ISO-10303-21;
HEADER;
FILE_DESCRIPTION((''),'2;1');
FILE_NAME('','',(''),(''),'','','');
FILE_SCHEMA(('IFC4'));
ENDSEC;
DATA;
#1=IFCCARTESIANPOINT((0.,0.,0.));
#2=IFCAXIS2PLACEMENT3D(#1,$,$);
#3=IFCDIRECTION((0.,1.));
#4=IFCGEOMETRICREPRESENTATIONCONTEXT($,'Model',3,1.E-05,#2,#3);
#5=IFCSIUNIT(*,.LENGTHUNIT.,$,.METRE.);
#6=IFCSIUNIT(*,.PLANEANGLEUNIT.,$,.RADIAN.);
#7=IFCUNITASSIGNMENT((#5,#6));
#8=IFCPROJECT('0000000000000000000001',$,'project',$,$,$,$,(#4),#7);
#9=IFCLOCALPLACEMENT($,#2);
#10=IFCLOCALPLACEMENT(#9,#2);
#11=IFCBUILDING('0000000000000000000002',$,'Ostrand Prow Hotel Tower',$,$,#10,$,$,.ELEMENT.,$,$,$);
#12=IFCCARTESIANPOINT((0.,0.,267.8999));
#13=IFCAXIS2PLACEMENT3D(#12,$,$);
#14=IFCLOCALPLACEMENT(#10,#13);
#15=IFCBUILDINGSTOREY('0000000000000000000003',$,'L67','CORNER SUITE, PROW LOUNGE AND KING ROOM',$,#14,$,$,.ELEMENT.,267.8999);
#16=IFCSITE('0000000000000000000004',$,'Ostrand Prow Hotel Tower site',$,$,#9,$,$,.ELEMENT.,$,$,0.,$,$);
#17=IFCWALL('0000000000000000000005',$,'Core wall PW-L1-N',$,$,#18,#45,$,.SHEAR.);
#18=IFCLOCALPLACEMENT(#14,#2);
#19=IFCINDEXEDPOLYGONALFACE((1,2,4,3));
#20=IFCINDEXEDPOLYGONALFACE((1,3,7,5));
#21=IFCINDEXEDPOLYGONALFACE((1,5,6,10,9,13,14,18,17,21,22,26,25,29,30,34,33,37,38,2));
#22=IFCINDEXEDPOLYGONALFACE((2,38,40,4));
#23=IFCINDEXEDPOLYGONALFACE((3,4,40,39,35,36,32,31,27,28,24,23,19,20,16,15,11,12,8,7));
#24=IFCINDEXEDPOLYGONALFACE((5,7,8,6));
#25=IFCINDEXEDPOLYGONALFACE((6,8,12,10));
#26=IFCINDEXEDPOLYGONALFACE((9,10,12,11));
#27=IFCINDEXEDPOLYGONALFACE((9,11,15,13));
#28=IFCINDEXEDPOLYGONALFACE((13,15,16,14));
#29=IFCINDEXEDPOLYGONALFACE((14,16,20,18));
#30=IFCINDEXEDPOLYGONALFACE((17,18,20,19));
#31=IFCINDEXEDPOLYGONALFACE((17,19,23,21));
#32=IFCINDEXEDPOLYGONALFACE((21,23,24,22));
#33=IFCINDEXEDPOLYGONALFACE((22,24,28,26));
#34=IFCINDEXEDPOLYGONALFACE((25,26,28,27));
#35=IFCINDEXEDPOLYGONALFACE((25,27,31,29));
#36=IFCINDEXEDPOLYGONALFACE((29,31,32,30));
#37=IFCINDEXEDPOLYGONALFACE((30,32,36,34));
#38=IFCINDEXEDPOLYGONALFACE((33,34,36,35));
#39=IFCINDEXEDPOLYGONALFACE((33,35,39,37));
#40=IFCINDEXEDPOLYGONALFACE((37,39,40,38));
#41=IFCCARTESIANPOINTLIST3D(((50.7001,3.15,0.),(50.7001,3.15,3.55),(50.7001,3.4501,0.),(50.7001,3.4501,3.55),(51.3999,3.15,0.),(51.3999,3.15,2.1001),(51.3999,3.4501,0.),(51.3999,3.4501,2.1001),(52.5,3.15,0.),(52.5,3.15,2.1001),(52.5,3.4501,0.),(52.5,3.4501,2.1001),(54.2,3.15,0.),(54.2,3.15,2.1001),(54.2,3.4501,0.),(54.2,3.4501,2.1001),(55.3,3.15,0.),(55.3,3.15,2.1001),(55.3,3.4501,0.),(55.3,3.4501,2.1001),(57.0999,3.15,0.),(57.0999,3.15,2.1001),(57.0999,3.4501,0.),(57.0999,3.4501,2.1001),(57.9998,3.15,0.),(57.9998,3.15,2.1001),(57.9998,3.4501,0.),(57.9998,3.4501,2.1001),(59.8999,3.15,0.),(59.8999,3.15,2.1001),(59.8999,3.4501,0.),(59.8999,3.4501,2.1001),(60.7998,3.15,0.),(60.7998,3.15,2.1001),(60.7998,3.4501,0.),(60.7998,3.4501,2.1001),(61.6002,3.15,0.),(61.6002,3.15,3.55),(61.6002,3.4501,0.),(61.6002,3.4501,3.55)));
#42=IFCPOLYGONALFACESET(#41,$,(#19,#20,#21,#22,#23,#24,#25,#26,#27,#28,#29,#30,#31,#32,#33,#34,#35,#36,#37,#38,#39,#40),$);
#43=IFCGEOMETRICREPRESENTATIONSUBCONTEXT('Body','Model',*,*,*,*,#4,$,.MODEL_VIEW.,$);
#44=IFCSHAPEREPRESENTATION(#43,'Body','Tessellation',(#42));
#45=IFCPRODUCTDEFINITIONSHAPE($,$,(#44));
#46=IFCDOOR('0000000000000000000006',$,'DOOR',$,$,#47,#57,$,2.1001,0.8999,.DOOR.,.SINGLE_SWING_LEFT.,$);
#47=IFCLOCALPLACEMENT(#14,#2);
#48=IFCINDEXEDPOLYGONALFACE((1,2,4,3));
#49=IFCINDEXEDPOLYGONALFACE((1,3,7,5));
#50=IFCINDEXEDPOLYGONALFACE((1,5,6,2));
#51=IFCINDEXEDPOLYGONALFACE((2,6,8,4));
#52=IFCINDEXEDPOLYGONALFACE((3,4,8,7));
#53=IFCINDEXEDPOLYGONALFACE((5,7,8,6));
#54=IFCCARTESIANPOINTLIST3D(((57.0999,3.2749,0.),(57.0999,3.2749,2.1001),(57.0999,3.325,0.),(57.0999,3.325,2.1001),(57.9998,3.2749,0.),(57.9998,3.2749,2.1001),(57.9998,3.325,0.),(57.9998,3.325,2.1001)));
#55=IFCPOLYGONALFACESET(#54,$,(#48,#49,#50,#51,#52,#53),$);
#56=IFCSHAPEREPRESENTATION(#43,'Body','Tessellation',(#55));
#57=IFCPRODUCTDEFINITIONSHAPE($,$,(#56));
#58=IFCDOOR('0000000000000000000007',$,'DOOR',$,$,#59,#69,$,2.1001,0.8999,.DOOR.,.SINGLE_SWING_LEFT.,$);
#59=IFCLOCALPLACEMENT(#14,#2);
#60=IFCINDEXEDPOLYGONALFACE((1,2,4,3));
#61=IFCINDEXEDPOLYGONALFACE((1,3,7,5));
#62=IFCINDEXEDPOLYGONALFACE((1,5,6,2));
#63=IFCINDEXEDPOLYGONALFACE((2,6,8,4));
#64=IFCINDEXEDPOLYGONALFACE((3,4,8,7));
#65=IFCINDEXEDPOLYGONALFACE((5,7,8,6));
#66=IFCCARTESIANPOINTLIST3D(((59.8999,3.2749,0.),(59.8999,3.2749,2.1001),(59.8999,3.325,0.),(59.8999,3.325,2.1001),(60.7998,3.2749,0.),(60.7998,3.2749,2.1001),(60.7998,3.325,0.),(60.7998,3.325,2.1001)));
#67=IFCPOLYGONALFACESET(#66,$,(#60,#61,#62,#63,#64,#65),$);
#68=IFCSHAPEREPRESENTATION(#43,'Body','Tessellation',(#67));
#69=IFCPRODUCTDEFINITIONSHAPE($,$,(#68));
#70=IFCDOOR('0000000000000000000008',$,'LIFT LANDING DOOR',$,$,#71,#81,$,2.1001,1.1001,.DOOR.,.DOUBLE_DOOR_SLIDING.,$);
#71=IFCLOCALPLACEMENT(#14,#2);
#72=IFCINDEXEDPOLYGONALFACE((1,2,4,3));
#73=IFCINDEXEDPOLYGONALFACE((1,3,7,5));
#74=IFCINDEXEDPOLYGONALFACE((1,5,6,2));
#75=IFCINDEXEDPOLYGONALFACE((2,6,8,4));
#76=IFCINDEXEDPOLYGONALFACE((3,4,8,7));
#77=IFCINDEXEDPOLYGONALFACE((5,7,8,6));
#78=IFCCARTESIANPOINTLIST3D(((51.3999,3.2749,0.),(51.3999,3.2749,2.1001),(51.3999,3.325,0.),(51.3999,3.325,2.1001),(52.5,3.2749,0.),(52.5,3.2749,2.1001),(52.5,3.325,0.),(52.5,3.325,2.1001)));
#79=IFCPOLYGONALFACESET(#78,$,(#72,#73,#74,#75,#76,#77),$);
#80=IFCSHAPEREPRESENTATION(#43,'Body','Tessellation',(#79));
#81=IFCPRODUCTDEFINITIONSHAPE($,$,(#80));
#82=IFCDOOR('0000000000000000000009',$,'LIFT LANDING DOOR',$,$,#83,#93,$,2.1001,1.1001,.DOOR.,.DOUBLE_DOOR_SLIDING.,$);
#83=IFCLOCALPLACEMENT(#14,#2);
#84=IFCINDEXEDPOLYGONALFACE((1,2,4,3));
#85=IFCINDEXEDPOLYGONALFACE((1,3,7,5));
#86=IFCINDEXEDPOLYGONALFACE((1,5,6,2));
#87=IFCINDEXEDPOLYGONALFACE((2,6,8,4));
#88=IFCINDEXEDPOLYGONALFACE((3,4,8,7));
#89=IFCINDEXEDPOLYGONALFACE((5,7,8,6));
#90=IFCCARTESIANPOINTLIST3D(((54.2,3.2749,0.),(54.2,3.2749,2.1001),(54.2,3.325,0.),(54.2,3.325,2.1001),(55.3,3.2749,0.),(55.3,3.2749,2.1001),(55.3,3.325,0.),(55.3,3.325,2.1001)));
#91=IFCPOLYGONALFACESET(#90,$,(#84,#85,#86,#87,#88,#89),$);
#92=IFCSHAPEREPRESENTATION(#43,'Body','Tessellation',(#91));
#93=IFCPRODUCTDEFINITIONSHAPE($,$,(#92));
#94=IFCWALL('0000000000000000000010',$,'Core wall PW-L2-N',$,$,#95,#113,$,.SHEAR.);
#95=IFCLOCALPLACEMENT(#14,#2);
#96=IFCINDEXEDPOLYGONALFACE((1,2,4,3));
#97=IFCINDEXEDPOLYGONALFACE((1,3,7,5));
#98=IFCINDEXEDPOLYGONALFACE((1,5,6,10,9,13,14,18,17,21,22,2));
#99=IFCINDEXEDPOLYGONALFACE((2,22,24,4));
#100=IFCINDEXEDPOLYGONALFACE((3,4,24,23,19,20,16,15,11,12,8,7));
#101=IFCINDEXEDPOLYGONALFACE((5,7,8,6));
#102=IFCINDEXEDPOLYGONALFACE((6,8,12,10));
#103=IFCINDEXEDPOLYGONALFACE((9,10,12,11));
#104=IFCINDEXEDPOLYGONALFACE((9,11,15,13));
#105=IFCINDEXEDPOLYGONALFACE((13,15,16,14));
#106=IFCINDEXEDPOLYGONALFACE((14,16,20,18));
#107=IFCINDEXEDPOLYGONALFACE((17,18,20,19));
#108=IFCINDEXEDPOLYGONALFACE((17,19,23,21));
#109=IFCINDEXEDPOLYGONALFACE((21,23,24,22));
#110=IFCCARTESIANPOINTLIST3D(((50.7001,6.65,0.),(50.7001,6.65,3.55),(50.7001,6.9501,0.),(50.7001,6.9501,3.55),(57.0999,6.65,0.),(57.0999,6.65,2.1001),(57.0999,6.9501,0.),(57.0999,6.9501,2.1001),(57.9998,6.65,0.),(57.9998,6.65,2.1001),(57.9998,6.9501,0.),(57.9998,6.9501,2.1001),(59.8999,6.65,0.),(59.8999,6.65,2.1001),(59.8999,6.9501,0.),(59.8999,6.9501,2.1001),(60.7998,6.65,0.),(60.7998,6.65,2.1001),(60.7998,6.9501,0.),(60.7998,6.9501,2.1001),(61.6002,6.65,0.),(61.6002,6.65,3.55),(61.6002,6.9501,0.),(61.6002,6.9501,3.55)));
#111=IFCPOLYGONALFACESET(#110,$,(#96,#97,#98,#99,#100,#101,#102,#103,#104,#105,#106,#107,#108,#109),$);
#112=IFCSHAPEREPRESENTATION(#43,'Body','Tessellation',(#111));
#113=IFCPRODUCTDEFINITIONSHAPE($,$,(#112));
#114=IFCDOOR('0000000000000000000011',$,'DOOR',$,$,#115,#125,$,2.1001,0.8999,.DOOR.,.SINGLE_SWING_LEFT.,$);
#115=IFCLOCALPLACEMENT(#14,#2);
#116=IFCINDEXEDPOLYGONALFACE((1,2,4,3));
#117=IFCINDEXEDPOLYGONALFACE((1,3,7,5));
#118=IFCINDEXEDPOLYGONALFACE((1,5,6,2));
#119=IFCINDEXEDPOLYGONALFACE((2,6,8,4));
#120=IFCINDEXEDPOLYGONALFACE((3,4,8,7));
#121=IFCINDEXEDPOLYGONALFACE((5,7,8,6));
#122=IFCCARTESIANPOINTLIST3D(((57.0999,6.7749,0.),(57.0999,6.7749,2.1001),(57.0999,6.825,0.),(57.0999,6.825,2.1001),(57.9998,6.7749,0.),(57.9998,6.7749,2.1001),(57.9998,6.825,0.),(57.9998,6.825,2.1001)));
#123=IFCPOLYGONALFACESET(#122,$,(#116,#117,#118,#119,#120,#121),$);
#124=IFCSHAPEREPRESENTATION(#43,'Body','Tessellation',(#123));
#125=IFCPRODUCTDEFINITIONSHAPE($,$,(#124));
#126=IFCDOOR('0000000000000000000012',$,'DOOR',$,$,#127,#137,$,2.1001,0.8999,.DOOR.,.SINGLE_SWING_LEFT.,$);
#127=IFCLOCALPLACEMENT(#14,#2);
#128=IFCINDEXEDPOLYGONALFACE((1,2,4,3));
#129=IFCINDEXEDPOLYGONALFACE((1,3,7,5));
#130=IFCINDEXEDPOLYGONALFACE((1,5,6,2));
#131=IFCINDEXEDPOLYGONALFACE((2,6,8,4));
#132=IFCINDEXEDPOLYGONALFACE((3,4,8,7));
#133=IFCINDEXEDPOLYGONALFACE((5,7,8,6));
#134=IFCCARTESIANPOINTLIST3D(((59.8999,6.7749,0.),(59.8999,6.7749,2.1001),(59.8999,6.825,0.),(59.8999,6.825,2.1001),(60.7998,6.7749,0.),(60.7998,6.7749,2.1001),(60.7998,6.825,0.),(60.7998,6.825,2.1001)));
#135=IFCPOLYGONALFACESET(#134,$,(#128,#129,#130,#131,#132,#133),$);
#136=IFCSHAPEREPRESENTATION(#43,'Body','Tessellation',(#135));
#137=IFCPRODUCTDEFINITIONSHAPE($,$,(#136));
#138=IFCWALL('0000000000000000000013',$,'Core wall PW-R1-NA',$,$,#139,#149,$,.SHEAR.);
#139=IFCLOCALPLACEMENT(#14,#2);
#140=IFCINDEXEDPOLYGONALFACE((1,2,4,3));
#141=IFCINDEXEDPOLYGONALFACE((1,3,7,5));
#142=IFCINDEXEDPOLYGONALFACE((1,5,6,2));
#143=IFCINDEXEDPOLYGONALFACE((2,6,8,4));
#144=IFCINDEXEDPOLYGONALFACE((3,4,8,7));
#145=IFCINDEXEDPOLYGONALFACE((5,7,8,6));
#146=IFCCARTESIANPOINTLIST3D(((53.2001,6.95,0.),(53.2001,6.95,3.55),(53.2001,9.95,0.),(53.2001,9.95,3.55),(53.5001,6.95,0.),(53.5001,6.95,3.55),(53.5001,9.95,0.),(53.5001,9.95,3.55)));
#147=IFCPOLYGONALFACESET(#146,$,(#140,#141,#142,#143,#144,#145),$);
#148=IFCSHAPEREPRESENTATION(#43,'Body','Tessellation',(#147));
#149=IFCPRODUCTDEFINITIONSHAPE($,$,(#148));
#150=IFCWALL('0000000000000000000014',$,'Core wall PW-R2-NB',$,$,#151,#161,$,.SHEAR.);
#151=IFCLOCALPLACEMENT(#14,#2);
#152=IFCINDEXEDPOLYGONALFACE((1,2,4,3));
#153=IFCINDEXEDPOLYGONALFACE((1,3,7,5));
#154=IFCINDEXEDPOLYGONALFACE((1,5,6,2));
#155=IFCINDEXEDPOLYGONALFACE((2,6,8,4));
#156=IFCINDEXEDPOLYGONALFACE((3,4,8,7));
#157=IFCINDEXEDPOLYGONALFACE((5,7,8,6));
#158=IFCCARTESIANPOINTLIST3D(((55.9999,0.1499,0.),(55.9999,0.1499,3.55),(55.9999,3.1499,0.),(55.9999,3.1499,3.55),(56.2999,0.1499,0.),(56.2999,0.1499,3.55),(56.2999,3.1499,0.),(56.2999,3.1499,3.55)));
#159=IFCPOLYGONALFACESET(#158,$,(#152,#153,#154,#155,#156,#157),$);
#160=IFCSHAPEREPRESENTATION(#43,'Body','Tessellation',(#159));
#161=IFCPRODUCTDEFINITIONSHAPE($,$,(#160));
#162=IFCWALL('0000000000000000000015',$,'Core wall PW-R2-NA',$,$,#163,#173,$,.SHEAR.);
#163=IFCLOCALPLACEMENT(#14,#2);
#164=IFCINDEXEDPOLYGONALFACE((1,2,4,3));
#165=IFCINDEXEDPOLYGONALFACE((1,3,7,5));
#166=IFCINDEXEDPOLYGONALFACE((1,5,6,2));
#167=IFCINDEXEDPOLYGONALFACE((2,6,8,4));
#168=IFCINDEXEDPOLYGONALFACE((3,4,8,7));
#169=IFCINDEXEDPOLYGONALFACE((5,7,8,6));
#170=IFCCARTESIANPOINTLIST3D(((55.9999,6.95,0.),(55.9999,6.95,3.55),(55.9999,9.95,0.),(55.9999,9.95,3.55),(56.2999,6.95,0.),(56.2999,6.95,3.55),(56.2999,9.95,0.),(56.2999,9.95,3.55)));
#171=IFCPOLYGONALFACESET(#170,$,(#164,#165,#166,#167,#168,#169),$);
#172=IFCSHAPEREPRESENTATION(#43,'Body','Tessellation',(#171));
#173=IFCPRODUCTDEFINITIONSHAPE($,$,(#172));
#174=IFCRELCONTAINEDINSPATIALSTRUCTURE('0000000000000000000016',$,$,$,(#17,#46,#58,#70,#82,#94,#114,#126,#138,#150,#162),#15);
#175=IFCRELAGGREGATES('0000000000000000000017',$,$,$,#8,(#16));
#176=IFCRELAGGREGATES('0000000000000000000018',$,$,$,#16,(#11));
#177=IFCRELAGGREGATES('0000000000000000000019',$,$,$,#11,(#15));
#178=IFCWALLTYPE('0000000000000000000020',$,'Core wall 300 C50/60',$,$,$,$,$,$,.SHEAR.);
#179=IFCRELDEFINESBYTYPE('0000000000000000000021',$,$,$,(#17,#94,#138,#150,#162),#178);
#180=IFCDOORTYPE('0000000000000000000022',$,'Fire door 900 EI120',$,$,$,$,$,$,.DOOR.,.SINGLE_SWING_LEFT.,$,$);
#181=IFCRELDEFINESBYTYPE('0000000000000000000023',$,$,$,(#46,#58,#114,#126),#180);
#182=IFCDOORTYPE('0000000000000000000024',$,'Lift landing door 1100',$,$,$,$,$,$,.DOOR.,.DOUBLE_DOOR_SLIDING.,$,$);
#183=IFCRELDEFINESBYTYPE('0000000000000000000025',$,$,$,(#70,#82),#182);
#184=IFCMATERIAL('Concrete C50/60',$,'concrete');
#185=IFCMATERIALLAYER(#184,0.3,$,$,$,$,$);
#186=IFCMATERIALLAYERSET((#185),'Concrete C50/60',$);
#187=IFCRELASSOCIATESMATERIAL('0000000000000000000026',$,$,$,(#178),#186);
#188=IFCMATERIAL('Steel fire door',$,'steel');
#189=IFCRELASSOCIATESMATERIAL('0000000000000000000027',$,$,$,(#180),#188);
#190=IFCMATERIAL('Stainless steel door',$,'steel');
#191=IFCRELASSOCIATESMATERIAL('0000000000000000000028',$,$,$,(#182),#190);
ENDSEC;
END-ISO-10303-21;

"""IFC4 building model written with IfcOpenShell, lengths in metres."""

from ifc_helpers import new_model, si_unit, direction, frame, frame_2d, origin, place, context, subcontext, project, spatial, rectangle, extrude, material, layer, layer_set, type_object, element, fill, save


model = new_model("IFC4")

# Units and contexts
model_context = context("Model", 3, precision=1e-05, world=origin(), true_north=direction((0.0, 1.0)))
body_context = subcontext(model_context, "Body", "Model", "MODEL_VIEW")
ifc_project = project(units=[si_unit("LENGTHUNIT", "METRE"), si_unit("PLANEANGLEUNIT", "RADIAN")], contexts=[model_context])

# Site, building, storey
site_placement = place(None, origin())
site = spatial("IfcSite", under=ifc_project, at=site_placement, Name="Ostrand Prow Hotel Tower site", CompositionType="ELEMENT", RefElevation=0.0)
building_placement = place(site_placement, origin())
building = spatial("IfcBuilding", under=site, at=building_placement, Name="Ostrand Prow Hotel Tower", CompositionType="ELEMENT")
storey_placement = place(building_placement, frame((0.0, 0.0, 267.8999)))
storey = spatial("IfcBuildingStorey", under=building, at=storey_placement, Name="L67", Description="CORNER SUITE, PROW LOUNGE AND KING ROOM", CompositionType="ELEMENT", Elevation=267.8999)

# Walls, openings, doors
ifc_material_1 = material(Name="Concrete C50/60", Category="concrete")
ifc_layer_1 = layer(ifc_material_1, 0.3)
ifc_layer_set_1 = layer_set([ifc_layer_1], Name="Concrete C50/60")
wall_type_1 = type_object("IfcWallType", Name="Core wall 300 C50/60", PredefinedType="SHEAR", material=ifc_layer_set_1)
wall_1_placement = place(storey_placement, frame((50.7, 3.3, 0.0), z_axis=(0.0, 0.0, 1.0), x_axis=(1.0, 0.0, 0.0)))
wall_1 = element("IfcWall", 1, at=wall_1_placement, inside=storey, type_object=wall_type_1, Name="Core wall PW-L1-N", PredefinedType="SHEAR", context=body_context, shape_type="SweptSolid", body=[
    extrude(rectangle(XDim=10.9001, YDim=0.3, at=frame_2d((5.4502, 0.0))), origin(), (0.0, 0.0, 1.0), 3.55),
])
opening_1_placement = place(wall_1_placement, frame((0.7, 0.0, 0.0)))
opening_1 = element("IfcOpeningElement", 2, at=opening_1_placement, cuts=wall_1, PredefinedType="OPENING", context=body_context, shape_type="SweptSolid", body=[
    extrude(rectangle(XDim=1.1001, YDim=2.1001, at=frame_2d((0.55, 1.05))), frame((0.0, 0.1599, 0.0), z_axis=(0.0, -1.0, 0.0), x_axis=(1.0, 0.0, 0.0)), (0.0, 0.0, 1.0), 0.3201),
])
opening_2_placement = place(wall_1_placement, frame((3.5, 0.0, 0.0)))
opening_2 = element("IfcOpeningElement", 3, at=opening_2_placement, cuts=wall_1, PredefinedType="OPENING", context=body_context, shape_type="SweptSolid", body=[
    extrude(rectangle(XDim=1.1001, YDim=2.1001, at=frame_2d((0.55, 1.05))), frame((0.0, 0.1599, 0.0), z_axis=(0.0, -1.0, 0.0), x_axis=(1.0, 0.0, 0.0)), (0.0, 0.0, 1.0), 0.3201),
])
opening_3_placement = place(wall_1_placement, frame((6.3999, 0.0, 0.0)))
opening_3 = element("IfcOpeningElement", 4, at=opening_3_placement, cuts=wall_1, PredefinedType="OPENING", context=body_context, shape_type="SweptSolid", body=[
    extrude(rectangle(XDim=0.8999, YDim=2.1001, at=frame_2d((0.45, 1.05))), frame((0.0, 0.1599, 0.0), z_axis=(0.0, -1.0, 0.0), x_axis=(1.0, 0.0, 0.0)), (0.0, 0.0, 1.0), 0.3201),
])
opening_4_placement = place(wall_1_placement, frame((9.2, 0.0, 0.0)))
opening_4 = element("IfcOpeningElement", 5, at=opening_4_placement, cuts=wall_1, PredefinedType="OPENING", context=body_context, shape_type="SweptSolid", body=[
    extrude(rectangle(XDim=0.8999, YDim=2.1001, at=frame_2d((0.45, 1.05))), frame((0.0, 0.1599, 0.0), z_axis=(0.0, -1.0, 0.0), x_axis=(1.0, 0.0, 0.0)), (0.0, 0.0, 1.0), 0.3201),
])
ifc_material_2 = material(Name="Steel fire door", Category="steel")
door_type_1 = type_object("IfcDoorType", Name="Fire door 900 EI120", OperationType="SINGLE_SWING_LEFT", PredefinedType="DOOR", material=ifc_material_2)
door_1_placement = place(opening_3_placement, origin())
door_1 = element("IfcDoor", 6, at=door_1_placement, inside=storey, type_object=door_type_1, Name="DOOR", OperationType="SINGLE_SWING_LEFT", OverallHeight=2.1001, OverallWidth=0.8999, PredefinedType="DOOR", context=body_context, shape_type="SweptSolid", body=[
    extrude(rectangle(XDim=0.8999, YDim=2.1001, at=frame_2d((0.45, 1.05))), frame((0.0, 0.0249, 0.0), z_axis=(0.0, -1.0, 0.0), x_axis=(1.0, 0.0, 0.0)), (0.0, 0.0, 1.0), 0.05),
])
fill(opening_3, door_1)
door_2_placement = place(opening_4_placement, origin())
door_2 = element("IfcDoor", 7, at=door_2_placement, inside=storey, type_object=door_type_1, Name="DOOR", OperationType="SINGLE_SWING_LEFT", OverallHeight=2.1001, OverallWidth=0.8999, PredefinedType="DOOR", context=body_context, shape_type="SweptSolid", body=[
    extrude(rectangle(XDim=0.8999, YDim=2.1001, at=frame_2d((0.45, 1.05))), frame((0.0, 0.0249, 0.0), z_axis=(0.0, -1.0, 0.0), x_axis=(1.0, 0.0, 0.0)), (0.0, 0.0, 1.0), 0.05),
])
fill(opening_4, door_2)
ifc_material_3 = material(Name="Stainless steel door", Category="steel")
door_type_2 = type_object("IfcDoorType", Name="Lift landing door 1100", OperationType="DOUBLE_DOOR_SLIDING", PredefinedType="DOOR", material=ifc_material_3)
door_3_placement = place(opening_1_placement, origin())
door_3 = element("IfcDoor", 8, at=door_3_placement, inside=storey, type_object=door_type_2, Name="LIFT LANDING DOOR", OperationType="DOUBLE_DOOR_SLIDING", OverallHeight=2.1001, OverallWidth=1.1001, PredefinedType="DOOR", context=body_context, shape_type="SweptSolid", body=[
    extrude(rectangle(XDim=1.1001, YDim=2.1001, at=frame_2d((0.55, 1.05))), frame((0.0, 0.0249, 0.0), z_axis=(0.0, -1.0, 0.0), x_axis=(1.0, 0.0, 0.0)), (0.0, 0.0, 1.0), 0.05),
])
fill(opening_1, door_3)
door_4_placement = place(opening_2_placement, origin())
door_4 = element("IfcDoor", 9, at=door_4_placement, inside=storey, type_object=door_type_2, Name="LIFT LANDING DOOR", OperationType="DOUBLE_DOOR_SLIDING", OverallHeight=2.1001, OverallWidth=1.1001, PredefinedType="DOOR", context=body_context, shape_type="SweptSolid", body=[
    extrude(rectangle(XDim=1.1001, YDim=2.1001, at=frame_2d((0.55, 1.05))), frame((0.0, 0.0249, 0.0), z_axis=(0.0, -1.0, 0.0), x_axis=(1.0, 0.0, 0.0)), (0.0, 0.0, 1.0), 0.05),
])
fill(opening_2, door_4)
wall_2_placement = place(storey_placement, frame((50.7, 6.8, 0.0), z_axis=(0.0, 0.0, 1.0), x_axis=(1.0, 0.0, 0.0)))
wall_2 = element("IfcWall", 10, at=wall_2_placement, inside=storey, type_object=wall_type_1, Name="Core wall PW-L2-N", PredefinedType="SHEAR", context=body_context, shape_type="SweptSolid", body=[
    extrude(rectangle(XDim=10.9001, YDim=0.3, at=frame_2d((5.4502, 0.0))), origin(), (0.0, 0.0, 1.0), 3.55),
])
opening_5_placement = place(wall_2_placement, frame((6.3999, 0.0, 0.0)))
opening_5 = element("IfcOpeningElement", 11, at=opening_5_placement, cuts=wall_2, PredefinedType="OPENING", context=body_context, shape_type="SweptSolid", body=[
    extrude(rectangle(XDim=0.8999, YDim=2.1001, at=frame_2d((0.45, 1.05))), frame((0.0, 0.1599, 0.0), z_axis=(0.0, -1.0, 0.0), x_axis=(1.0, 0.0, 0.0)), (0.0, 0.0, 1.0), 0.3201),
])
opening_6_placement = place(wall_2_placement, frame((9.2, 0.0, 0.0)))
opening_6 = element("IfcOpeningElement", 12, at=opening_6_placement, cuts=wall_2, PredefinedType="OPENING", context=body_context, shape_type="SweptSolid", body=[
    extrude(rectangle(XDim=0.8999, YDim=2.1001, at=frame_2d((0.45, 1.05))), frame((0.0, 0.1599, 0.0), z_axis=(0.0, -1.0, 0.0), x_axis=(1.0, 0.0, 0.0)), (0.0, 0.0, 1.0), 0.3201),
])
door_5_placement = place(opening_5_placement, origin())
door_5 = element("IfcDoor", 13, at=door_5_placement, inside=storey, type_object=door_type_1, Name="DOOR", OperationType="SINGLE_SWING_LEFT", OverallHeight=2.1001, OverallWidth=0.8999, PredefinedType="DOOR", context=body_context, shape_type="SweptSolid", body=[
    extrude(rectangle(XDim=0.8999, YDim=2.1001, at=frame_2d((0.45, 1.05))), frame((0.0, 0.0249, 0.0), z_axis=(0.0, -1.0, 0.0), x_axis=(1.0, 0.0, 0.0)), (0.0, 0.0, 1.0), 0.05),
])
fill(opening_5, door_5)
door_6_placement = place(opening_6_placement, origin())
door_6 = element("IfcDoor", 14, at=door_6_placement, inside=storey, type_object=door_type_1, Name="DOOR", OperationType="SINGLE_SWING_LEFT", OverallHeight=2.1001, OverallWidth=0.8999, PredefinedType="DOOR", context=body_context, shape_type="SweptSolid", body=[
    extrude(rectangle(XDim=0.8999, YDim=2.1001, at=frame_2d((0.45, 1.05))), frame((0.0, 0.0249, 0.0), z_axis=(0.0, -1.0, 0.0), x_axis=(1.0, 0.0, 0.0)), (0.0, 0.0, 1.0), 0.05),
])
fill(opening_6, door_6)

# Walls
for number, where, z_axis, x_axis, name in (
    (15, (53.3501, 6.95, 0.0), (0.0, 0.0, 1.0), (0.0, 1.0, 0.0), "Core wall PW-R1-NA"),
    (16, (56.1499, 0.1499, 0.0), (0.0, 0.0, 1.0), (0.0, 1.0, 0.0), "Core wall PW-R2-NB"),
    (17, (56.1499, 6.95, 0.0), (0.0, 0.0, 1.0), (0.0, 1.0, 0.0), "Core wall PW-R2-NA"),
):
    element("IfcWall", number, at=place(storey_placement, frame(where, z_axis=z_axis, x_axis=x_axis)), inside=storey, type_object=wall_type_1, Name=name, PredefinedType="SHEAR", context=body_context, shape_type="SweptSolid", body=[
        extrude(rectangle(XDim=3.0, YDim=0.3, at=frame_2d((1.5, 0.0))), origin(), (0.0, 0.0, 1.0), 3.55),
    ])

save(model, "model.ifc")
